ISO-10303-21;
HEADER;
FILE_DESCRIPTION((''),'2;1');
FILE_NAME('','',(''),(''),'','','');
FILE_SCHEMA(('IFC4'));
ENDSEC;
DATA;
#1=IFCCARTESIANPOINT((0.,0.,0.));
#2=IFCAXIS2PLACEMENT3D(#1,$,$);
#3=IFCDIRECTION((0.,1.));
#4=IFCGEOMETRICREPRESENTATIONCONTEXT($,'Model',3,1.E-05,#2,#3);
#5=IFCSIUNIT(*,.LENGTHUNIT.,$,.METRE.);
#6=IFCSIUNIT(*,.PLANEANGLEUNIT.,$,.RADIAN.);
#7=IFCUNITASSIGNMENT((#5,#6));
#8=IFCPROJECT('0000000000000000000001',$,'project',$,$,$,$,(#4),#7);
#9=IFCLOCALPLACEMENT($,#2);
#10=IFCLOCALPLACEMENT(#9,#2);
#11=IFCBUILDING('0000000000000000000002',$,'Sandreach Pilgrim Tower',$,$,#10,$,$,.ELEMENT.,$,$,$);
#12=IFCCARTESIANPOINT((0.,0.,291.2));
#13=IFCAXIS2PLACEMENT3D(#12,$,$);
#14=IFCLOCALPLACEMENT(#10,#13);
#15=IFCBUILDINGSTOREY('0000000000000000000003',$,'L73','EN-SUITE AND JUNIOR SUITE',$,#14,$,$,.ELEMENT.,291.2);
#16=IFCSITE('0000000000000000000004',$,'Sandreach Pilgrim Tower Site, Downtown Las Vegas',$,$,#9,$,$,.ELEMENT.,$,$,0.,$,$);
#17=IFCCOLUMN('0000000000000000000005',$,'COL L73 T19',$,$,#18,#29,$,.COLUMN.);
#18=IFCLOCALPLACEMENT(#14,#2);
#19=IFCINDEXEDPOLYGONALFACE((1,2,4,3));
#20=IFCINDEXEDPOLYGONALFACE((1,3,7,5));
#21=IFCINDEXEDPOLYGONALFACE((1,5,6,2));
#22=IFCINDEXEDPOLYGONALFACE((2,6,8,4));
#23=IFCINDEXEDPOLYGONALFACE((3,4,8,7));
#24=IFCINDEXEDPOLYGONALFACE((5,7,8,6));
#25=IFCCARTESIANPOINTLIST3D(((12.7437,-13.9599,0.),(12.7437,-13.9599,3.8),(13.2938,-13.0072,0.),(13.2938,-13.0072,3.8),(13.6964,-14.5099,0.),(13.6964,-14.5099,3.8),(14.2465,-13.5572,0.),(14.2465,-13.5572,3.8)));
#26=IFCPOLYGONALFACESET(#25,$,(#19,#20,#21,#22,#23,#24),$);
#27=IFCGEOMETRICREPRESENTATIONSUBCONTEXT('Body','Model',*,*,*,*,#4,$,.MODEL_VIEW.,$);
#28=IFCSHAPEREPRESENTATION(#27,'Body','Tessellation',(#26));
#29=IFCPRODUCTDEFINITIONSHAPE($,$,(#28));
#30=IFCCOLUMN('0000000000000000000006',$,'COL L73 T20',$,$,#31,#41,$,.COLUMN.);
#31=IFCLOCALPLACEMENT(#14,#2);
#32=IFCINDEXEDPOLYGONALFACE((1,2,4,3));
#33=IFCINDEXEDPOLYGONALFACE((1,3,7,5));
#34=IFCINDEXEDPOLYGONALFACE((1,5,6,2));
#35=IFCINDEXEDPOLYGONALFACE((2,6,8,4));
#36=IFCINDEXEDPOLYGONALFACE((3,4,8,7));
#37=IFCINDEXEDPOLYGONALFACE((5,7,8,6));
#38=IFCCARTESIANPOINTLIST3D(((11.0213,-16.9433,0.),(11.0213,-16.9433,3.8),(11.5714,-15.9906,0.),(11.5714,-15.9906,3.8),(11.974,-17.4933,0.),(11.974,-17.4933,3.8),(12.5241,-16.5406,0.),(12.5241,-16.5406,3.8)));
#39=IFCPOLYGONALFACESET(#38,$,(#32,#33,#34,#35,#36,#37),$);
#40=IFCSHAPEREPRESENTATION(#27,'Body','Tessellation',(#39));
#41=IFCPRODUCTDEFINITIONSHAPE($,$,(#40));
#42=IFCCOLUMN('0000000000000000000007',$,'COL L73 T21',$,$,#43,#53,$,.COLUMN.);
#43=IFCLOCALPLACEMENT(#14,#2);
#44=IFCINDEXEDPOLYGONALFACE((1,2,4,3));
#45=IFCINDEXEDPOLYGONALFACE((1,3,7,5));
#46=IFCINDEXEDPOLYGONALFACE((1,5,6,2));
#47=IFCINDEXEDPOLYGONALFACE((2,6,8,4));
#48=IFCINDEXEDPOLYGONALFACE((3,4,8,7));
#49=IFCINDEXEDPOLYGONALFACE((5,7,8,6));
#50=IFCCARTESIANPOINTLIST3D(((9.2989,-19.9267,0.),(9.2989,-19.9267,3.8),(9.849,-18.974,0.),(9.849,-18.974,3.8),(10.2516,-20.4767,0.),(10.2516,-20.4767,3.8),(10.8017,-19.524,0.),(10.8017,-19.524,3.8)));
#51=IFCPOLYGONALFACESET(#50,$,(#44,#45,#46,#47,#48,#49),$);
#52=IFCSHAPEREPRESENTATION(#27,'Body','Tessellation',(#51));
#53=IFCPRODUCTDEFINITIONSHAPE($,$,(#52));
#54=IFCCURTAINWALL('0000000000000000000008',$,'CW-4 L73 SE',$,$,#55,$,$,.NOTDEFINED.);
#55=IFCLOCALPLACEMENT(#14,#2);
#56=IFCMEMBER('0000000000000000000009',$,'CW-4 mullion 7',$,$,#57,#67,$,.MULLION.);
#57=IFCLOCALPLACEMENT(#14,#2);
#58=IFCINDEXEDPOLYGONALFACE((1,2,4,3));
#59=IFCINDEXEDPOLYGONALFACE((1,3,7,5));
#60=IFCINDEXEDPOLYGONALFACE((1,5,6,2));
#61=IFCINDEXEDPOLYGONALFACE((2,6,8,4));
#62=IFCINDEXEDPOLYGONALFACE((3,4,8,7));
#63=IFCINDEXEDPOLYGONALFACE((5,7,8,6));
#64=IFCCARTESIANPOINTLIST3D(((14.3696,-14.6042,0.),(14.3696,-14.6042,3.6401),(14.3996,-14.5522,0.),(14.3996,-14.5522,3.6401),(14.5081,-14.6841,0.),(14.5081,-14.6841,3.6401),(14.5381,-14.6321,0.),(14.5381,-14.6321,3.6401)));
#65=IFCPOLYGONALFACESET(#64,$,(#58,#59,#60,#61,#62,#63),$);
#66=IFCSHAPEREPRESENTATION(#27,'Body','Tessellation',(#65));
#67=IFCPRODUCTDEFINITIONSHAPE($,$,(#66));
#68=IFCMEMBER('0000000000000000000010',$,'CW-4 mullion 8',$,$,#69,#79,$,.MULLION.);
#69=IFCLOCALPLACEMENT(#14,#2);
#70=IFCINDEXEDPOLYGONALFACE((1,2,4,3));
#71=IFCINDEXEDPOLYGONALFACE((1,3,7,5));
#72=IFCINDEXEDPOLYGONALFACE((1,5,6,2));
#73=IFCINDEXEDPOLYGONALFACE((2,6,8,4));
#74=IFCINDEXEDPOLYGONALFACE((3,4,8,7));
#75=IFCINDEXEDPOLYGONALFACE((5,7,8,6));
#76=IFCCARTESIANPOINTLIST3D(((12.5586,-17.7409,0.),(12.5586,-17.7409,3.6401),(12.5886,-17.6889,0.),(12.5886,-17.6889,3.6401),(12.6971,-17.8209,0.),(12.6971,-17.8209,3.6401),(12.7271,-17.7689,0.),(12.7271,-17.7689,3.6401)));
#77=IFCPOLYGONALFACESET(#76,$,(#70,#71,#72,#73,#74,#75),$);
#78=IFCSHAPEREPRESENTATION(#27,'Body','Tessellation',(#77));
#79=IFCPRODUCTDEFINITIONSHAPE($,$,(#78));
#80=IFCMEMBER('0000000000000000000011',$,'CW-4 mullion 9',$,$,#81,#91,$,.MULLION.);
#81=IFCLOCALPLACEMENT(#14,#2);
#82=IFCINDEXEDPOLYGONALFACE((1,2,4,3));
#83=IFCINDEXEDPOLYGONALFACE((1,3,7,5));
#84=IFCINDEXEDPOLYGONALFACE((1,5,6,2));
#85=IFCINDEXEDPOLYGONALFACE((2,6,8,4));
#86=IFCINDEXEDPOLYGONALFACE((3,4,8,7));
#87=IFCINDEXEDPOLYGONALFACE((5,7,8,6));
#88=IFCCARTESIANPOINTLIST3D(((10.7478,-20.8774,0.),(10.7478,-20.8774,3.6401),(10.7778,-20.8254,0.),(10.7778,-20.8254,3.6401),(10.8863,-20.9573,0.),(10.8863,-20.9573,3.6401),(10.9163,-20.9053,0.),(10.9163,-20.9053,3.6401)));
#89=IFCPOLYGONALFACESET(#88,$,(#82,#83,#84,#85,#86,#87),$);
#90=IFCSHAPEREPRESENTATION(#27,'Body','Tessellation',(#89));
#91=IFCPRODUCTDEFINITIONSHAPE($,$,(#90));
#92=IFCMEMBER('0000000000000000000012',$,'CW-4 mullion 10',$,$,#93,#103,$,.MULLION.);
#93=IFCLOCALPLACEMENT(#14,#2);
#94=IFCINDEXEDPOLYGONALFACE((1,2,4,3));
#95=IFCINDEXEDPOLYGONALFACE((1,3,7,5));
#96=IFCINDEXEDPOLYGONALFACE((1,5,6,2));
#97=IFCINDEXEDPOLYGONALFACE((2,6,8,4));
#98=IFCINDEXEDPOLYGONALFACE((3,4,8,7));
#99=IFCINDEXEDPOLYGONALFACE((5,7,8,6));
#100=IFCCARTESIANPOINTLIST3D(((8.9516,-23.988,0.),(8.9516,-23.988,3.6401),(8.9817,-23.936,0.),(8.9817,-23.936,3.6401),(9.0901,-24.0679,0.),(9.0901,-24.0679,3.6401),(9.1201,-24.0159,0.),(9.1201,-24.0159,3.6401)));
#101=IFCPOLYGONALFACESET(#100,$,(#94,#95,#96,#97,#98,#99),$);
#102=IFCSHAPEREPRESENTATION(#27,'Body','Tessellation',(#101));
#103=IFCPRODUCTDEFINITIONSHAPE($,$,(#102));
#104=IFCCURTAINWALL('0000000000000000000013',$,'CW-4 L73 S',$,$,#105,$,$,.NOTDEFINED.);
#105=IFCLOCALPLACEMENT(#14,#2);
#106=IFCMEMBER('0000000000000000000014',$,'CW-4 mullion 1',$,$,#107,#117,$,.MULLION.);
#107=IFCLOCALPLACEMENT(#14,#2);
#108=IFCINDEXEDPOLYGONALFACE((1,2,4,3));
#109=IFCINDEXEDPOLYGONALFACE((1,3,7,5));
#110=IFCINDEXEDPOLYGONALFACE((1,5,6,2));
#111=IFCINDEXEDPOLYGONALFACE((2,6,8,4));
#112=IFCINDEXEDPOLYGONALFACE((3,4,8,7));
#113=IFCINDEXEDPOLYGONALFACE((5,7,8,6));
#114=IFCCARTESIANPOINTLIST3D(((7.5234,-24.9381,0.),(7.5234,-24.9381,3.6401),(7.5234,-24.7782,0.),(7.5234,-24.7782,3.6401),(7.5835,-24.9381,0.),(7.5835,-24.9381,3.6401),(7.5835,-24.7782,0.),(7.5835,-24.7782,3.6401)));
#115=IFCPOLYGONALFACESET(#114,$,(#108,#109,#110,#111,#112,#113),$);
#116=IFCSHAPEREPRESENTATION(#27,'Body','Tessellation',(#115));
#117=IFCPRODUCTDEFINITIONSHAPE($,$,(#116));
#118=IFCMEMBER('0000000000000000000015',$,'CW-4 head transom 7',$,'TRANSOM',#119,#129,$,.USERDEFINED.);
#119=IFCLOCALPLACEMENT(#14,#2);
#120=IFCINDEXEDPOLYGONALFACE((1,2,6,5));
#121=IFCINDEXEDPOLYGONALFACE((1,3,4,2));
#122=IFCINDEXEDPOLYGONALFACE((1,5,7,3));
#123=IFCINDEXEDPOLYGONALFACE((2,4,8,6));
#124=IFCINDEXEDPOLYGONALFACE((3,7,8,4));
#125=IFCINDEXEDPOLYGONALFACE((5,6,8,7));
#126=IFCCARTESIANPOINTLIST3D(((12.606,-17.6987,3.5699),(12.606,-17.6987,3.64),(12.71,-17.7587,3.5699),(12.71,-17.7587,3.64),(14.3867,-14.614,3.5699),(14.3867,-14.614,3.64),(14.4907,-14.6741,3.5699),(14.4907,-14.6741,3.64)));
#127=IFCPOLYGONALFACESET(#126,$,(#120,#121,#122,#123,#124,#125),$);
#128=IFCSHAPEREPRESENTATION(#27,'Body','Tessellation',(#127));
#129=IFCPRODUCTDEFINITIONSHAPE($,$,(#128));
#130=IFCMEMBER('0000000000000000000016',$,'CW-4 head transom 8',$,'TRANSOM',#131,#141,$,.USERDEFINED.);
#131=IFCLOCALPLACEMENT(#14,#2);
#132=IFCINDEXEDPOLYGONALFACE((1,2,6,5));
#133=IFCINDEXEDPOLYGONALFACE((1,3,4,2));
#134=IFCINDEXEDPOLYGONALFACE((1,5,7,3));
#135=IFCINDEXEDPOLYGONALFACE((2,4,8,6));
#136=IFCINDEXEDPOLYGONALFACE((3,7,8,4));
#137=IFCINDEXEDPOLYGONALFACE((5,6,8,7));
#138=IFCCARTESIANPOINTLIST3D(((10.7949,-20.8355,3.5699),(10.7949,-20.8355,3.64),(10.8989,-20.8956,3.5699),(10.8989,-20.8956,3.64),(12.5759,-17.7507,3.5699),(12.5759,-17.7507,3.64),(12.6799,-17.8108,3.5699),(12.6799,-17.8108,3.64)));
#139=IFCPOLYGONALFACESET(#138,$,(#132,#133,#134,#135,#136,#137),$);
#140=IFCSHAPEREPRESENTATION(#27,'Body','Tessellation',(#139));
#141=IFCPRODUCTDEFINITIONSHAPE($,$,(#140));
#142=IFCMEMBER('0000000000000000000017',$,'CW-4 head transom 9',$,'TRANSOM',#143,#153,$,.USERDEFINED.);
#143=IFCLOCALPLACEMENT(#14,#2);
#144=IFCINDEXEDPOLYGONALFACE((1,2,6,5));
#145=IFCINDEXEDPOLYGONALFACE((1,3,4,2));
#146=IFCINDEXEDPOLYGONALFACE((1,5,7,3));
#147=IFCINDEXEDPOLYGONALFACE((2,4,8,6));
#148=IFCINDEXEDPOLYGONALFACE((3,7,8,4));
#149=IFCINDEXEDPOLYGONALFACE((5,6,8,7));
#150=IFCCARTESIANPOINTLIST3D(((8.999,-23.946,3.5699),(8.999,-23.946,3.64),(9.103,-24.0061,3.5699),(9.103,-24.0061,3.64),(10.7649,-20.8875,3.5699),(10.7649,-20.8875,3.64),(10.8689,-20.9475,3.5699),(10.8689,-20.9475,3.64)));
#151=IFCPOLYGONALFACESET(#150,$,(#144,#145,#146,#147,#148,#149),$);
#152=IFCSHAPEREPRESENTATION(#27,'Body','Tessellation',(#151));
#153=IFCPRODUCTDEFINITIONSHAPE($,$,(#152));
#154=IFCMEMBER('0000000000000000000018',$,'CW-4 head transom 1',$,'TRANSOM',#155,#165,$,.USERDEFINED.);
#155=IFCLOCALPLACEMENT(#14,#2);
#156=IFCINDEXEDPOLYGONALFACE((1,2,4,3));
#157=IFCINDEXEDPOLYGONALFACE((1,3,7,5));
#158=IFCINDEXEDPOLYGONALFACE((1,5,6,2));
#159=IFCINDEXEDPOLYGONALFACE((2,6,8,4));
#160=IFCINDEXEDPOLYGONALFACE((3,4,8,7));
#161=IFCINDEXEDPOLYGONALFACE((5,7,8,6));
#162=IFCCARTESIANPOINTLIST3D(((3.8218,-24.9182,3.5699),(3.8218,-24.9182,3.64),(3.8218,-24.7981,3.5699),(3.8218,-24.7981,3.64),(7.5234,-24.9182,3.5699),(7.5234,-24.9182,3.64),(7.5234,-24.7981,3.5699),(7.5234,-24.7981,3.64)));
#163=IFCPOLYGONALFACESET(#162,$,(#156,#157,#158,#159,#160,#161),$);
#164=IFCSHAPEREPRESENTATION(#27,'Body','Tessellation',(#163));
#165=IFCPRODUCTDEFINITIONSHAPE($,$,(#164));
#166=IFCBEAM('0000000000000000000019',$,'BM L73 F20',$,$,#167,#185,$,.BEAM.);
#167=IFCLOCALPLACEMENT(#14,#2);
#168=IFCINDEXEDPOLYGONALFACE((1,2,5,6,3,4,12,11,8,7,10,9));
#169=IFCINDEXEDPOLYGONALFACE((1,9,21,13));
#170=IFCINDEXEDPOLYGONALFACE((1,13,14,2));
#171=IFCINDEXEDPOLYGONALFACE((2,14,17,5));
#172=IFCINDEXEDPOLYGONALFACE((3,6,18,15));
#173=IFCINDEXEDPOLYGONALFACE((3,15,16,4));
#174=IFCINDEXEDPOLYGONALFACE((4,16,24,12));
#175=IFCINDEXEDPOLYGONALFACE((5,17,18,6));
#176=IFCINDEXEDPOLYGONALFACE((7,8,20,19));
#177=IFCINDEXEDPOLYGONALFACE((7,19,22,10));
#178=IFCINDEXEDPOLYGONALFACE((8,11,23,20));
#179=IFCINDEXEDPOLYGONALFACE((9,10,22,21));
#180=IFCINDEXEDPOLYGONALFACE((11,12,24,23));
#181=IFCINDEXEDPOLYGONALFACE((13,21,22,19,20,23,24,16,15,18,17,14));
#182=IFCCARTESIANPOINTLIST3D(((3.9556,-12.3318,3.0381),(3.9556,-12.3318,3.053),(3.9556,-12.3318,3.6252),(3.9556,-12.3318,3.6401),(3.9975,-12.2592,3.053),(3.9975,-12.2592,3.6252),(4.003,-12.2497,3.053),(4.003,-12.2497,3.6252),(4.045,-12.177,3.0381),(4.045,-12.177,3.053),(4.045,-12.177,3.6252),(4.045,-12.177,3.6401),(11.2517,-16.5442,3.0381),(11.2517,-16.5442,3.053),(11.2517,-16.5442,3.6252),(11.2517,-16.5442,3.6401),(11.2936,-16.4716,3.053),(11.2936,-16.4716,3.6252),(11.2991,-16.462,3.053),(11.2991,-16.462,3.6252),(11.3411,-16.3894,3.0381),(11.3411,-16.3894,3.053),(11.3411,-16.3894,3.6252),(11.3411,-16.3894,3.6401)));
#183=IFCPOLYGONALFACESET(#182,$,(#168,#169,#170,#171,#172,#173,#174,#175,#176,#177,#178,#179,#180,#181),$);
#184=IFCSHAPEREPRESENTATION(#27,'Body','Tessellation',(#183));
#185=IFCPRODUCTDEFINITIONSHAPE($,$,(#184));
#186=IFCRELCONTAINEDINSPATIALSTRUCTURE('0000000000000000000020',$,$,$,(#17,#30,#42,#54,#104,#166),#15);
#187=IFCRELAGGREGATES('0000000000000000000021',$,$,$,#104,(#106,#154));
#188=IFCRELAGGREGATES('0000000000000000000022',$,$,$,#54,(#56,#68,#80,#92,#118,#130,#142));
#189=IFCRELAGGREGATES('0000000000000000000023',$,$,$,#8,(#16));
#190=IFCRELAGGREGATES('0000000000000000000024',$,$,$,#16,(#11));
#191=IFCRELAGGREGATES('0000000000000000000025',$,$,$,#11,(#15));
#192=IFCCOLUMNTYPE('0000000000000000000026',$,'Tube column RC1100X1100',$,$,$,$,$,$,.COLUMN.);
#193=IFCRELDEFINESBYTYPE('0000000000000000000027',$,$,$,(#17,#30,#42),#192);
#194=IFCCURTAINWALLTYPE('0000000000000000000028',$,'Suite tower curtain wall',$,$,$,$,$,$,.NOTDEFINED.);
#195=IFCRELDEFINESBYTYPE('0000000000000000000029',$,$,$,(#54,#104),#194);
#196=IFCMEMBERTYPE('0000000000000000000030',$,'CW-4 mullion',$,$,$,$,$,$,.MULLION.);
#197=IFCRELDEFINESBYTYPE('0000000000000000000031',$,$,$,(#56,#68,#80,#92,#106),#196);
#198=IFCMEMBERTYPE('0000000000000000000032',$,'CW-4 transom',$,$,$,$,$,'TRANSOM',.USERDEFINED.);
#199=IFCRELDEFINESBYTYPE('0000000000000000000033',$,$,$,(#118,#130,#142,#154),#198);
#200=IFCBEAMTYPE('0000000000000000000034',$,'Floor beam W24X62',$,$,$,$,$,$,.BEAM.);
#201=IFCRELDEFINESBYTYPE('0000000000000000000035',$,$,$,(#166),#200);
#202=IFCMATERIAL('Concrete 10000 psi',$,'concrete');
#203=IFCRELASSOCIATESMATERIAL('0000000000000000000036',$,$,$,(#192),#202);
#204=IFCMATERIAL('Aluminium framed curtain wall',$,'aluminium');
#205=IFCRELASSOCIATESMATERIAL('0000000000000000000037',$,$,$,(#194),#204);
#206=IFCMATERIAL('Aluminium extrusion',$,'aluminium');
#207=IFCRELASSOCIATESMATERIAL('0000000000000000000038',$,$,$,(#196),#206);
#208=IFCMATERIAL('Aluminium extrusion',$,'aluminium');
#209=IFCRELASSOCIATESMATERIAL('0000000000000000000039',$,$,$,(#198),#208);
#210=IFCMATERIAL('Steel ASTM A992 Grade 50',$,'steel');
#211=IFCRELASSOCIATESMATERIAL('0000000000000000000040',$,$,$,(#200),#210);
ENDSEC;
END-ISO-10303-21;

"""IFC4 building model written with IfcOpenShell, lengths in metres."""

from ifc_helpers import new_model, si_unit, direction, frame, origin, origin_2d, place, context, subcontext, project, spatial, rectangle, i_section, extrude, material, material_profile, profile_set, type_object, element, aggregate, save


model = new_model("IFC4")

# Units and contexts
model_context = context("Model", 3, precision=1e-05, world=origin(), true_north=direction((0.0, 1.0)))
body_context = subcontext(model_context, "Body", "Model", "MODEL_VIEW")
ifc_project = project(units=[si_unit("LENGTHUNIT", "METRE"), si_unit("PLANEANGLEUNIT", "RADIAN")], contexts=[model_context])

# Site, building, storey
site_placement = place(None, origin())
site = spatial("IfcSite", under=ifc_project, at=site_placement, Name="Sandreach Pilgrim Tower Site, Downtown Las Vegas", CompositionType="ELEMENT", RefElevation=0.0)
building_placement = place(site_placement, origin())
building = spatial("IfcBuilding", under=site, at=building_placement, Name="Sandreach Pilgrim Tower", CompositionType="ELEMENT")
storey_placement = place(building_placement, frame((0.0, 0.0, 291.2)))
storey = spatial("IfcBuildingStorey", under=building, at=storey_placement, Name="L73", Description="EN-SUITE AND JUNIOR SUITE", CompositionType="ELEMENT", Elevation=291.2)

# Columns
ifc_material_1 = material(Name="Concrete 10000 psi", Category="concrete")
ifc_material_profile_1 = material_profile(ifc_material_1, rectangle(XDim=1.1001, YDim=1.1001, at=origin_2d()), Name="RC1100X1100")
ifc_profile_set_1 = profile_set([ifc_material_profile_1], Name="Concrete 10000 psi")
column_type = type_object("IfcColumnType", Name="Tube column RC1100X1100", PredefinedType="COLUMN", material=ifc_profile_set_1)
for number, where, z_axis, x_axis, name in (
    (1, (13.4951, -13.7585, 0.0), (0.0, 0.0, 1.0), (0.866025, -0.5, 0.0), "COL L73 T19"),
    (2, (11.7727, -16.7419, 0.0), (0.0, 0.0, 1.0), (0.866025, -0.5, 0.0), "COL L73 T20"),
    (3, (10.0503, -19.7253, 0.0), (0.0, 0.0, 1.0), (0.866025, -0.5, 0.0), "COL L73 T21"),
):
    element("IfcColumn", number, at=place(storey_placement, frame(where, z_axis=z_axis, x_axis=x_axis)), inside=storey, type_object=column_type, Name=name, PredefinedType="COLUMN", context=body_context, shape_type="SweptSolid", body=[
        extrude(rectangle(XDim=1.1001, YDim=1.1001, at=origin_2d()), origin(), (0.0, 0.0, 1.0), 3.8),
    ])

# Curtain wall, members
ifc_material_2 = material(Name="Aluminium framed curtain wall", Category="aluminium")
curtain_wall_type = type_object("IfcCurtainWallType", Name="Suite tower curtain wall", PredefinedType="NOTDEFINED", material=ifc_material_2)
curtain_wall_1_placement = place(storey_placement, origin())
curtain_wall_1 = element("IfcCurtainWall", 4, at=curtain_wall_1_placement, inside=storey, type_object=curtain_wall_type, Name="CW-4 L73 SE", PredefinedType="NOTDEFINED")
ifc_material_3 = material(Name="Aluminium extrusion", Category="aluminium")
ifc_material_profile_2 = material_profile(ifc_material_3, rectangle(XDim=0.0601, YDim=0.1599, at=origin_2d()), Name="CW-4M 60X160")
ifc_profile_set_2 = profile_set([ifc_material_profile_2], Name="Aluminium extrusion")
member_type_1 = type_object("IfcMemberType", Name="CW-4 mullion", PredefinedType="MULLION", material=ifc_profile_set_2)
member_1_placement = place(storey_placement, frame((14.4539, -14.6182, 0.0), z_axis=(0.0, 0.0, 1.0), x_axis=(-0.5, -0.866025, 0.0)))
member_1 = element("IfcMember", 5, at=member_1_placement, type_object=member_type_1, Name="CW-4 mullion 7", PredefinedType="MULLION", context=body_context, shape_type="SweptSolid", body=[
    extrude(rectangle(XDim=0.0601, YDim=0.1599, at=origin_2d()), origin(), (0.0, 0.0, 1.0), 3.6401),
])
member_2_placement = place(storey_placement, frame((12.6428, -17.7549, 0.0), z_axis=(0.0, 0.0, 1.0), x_axis=(-0.5, -0.866025, 0.0)))
member_2 = element("IfcMember", 6, at=member_2_placement, type_object=member_type_1, Name="CW-4 mullion 8", PredefinedType="MULLION", context=body_context, shape_type="SweptSolid", body=[
    extrude(rectangle(XDim=0.0601, YDim=0.1599, at=origin_2d()), origin(), (0.0, 0.0, 1.0), 3.6401),
])
member_3_placement = place(storey_placement, frame((10.832, -20.8914, 0.0), z_axis=(0.0, 0.0, 1.0), x_axis=(-0.5, -0.866025, 0.0)))
member_3 = element("IfcMember", 7, at=member_3_placement, type_object=member_type_1, Name="CW-4 mullion 9", PredefinedType="MULLION", context=body_context, shape_type="SweptSolid", body=[
    extrude(rectangle(XDim=0.0601, YDim=0.1599, at=origin_2d()), origin(), (0.0, 0.0, 1.0), 3.6401),
])
member_4_placement = place(storey_placement, frame((9.0359, -24.002, 0.0), z_axis=(0.0, 0.0, 1.0), x_axis=(-0.5, -0.866025, 0.0)))
member_4 = element("IfcMember", 8, at=member_4_placement, type_object=member_type_1, Name="CW-4 mullion 10", PredefinedType="MULLION", context=body_context, shape_type="SweptSolid", body=[
    extrude(rectangle(XDim=0.0601, YDim=0.1599, at=origin_2d()), origin(), (0.0, 0.0, 1.0), 3.6401),
])

# Curtain wall, member
curtain_wall_2_placement = place(storey_placement, origin())
curtain_wall_2 = element("IfcCurtainWall", 9, at=curtain_wall_2_placement, inside=storey, type_object=curtain_wall_type, Name="CW-4 L73 S", PredefinedType="NOTDEFINED")
member_5_placement = place(storey_placement, frame((7.5535, -24.8582, 0.0), z_axis=(0.0, 0.0, 1.0), x_axis=(-1.0, 0.0, 0.0)))
member_5 = element("IfcMember", 10, at=member_5_placement, type_object=member_type_1, Name="CW-4 mullion 1", PredefinedType="MULLION", context=body_context, shape_type="SweptSolid", body=[
    extrude(rectangle(XDim=0.0601, YDim=0.1599, at=origin_2d()), origin(), (0.0, 0.0, 1.0), 3.6401),
])

# Members
ifc_material_4 = material(Name="Aluminium extrusion", Category="aluminium")
ifc_material_profile_3 = material_profile(ifc_material_4, rectangle(XDim=0.1201, YDim=0.0701, at=origin_2d()), Name="CW-4T 120X70")
ifc_profile_set_3 = profile_set([ifc_material_profile_3], Name="Aluminium extrusion")
member_type_2 = type_object("IfcMemberType", Name="CW-4 transom", ElementType="TRANSOM", PredefinedType="USERDEFINED", material=ifc_profile_set_3)
member_6_placement = place(storey_placement, frame((14.4387, -14.644, 3.605), z_axis=(-0.499958, -0.86605, 0.0), x_axis=(0.86605, -0.499958, 0.0)))
member_6 = element("IfcMember", 11, at=member_6_placement, type_object=member_type_2, Name="CW-4 head transom 7", ObjectType="TRANSOM", PredefinedType="USERDEFINED", context=body_context, shape_type="SweptSolid", body=[
    extrude(rectangle(XDim=0.1201, YDim=0.0701, at=origin_2d()), origin(), (0.0, 0.0, 1.0), 3.5618),
])
member_7_placement = place(storey_placement, frame((12.6279, -17.7808, 3.605), z_axis=(-0.500009, -0.86602, 0.0), x_axis=(0.86602, -0.500009, 0.0)))
member_7 = element("IfcMember", 12, at=member_7_placement, type_object=member_type_2, Name="CW-4 head transom 8", ObjectType="TRANSOM", PredefinedType="USERDEFINED", context=body_context, shape_type="SweptSolid", body=[
    extrude(rectangle(XDim=0.1201, YDim=0.0701, at=origin_2d()), origin(), (0.0, 0.0, 1.0), 3.562),
])
member_8_placement = place(storey_placement, frame((10.8169, -20.9175, 3.605), z_axis=(-0.499998, -0.866027, 0.0), x_axis=(0.866027, -0.499998, 0.0)))
member_8 = element("IfcMember", 13, at=member_8_placement, type_object=member_type_2, Name="CW-4 head transom 9", ObjectType="TRANSOM", PredefinedType="USERDEFINED", context=body_context, shape_type="SweptSolid", body=[
    extrude(rectangle(XDim=0.1201, YDim=0.0701, at=origin_2d()), origin(), (0.0, 0.0, 1.0), 3.5317),
])
member_9_placement = place(storey_placement, frame((7.5234, -24.8582, 3.605), z_axis=(-1.0, 0.0, 0.0), x_axis=(0.0, -1.0, 0.0)))
member_9 = element("IfcMember", 14, at=member_9_placement, type_object=member_type_2, Name="CW-4 head transom 1", ObjectType="TRANSOM", PredefinedType="USERDEFINED", context=body_context, shape_type="SweptSolid", body=[
    extrude(rectangle(XDim=0.1201, YDim=0.0701, at=origin_2d()), origin(), (0.0, 0.0, 1.0), 3.7017),
])
aggregate(curtain_wall_2, [member_5, member_9])

# Beam
ifc_material_5 = material(Name="Steel ASTM A992 Grade 50", Category="steel")
ifc_material_profile_4 = material_profile(ifc_material_5, i_section(OverallWidth=0.1787, OverallDepth=0.6021, WebThickness=0.011, FlangeThickness=0.0149, at=origin_2d()), Name="W24X62")
ifc_profile_set_4 = profile_set([ifc_material_profile_4], Name="Steel ASTM A992 Grade 50")
beam_type_1 = type_object("IfcBeamType", Name="Floor beam W24X62", PredefinedType="BEAM", material=ifc_profile_set_4)
beam_1_placement = place(storey_placement, frame((11.2964, -16.4668, 3.3391), z_axis=(-0.866027, 0.499998, 0.0), x_axis=(-0.499998, -0.866027, 0.0)))
element("IfcBeam", 15, at=beam_1_placement, inside=storey, type_object=beam_type_1, Name="BM L73 F20", PredefinedType="BEAM", context=body_context, shape_type="SweptSolid", body=[
    extrude(i_section(OverallWidth=0.1787, OverallDepth=0.6021, WebThickness=0.011, FlangeThickness=0.0149, at=origin_2d()), origin(), (0.0, 0.0, 1.0), 8.4248),
])

aggregate(curtain_wall_1, [member_1, member_2, member_3, member_4, member_6, member_7, member_8])

save(model, "model.ifc")
